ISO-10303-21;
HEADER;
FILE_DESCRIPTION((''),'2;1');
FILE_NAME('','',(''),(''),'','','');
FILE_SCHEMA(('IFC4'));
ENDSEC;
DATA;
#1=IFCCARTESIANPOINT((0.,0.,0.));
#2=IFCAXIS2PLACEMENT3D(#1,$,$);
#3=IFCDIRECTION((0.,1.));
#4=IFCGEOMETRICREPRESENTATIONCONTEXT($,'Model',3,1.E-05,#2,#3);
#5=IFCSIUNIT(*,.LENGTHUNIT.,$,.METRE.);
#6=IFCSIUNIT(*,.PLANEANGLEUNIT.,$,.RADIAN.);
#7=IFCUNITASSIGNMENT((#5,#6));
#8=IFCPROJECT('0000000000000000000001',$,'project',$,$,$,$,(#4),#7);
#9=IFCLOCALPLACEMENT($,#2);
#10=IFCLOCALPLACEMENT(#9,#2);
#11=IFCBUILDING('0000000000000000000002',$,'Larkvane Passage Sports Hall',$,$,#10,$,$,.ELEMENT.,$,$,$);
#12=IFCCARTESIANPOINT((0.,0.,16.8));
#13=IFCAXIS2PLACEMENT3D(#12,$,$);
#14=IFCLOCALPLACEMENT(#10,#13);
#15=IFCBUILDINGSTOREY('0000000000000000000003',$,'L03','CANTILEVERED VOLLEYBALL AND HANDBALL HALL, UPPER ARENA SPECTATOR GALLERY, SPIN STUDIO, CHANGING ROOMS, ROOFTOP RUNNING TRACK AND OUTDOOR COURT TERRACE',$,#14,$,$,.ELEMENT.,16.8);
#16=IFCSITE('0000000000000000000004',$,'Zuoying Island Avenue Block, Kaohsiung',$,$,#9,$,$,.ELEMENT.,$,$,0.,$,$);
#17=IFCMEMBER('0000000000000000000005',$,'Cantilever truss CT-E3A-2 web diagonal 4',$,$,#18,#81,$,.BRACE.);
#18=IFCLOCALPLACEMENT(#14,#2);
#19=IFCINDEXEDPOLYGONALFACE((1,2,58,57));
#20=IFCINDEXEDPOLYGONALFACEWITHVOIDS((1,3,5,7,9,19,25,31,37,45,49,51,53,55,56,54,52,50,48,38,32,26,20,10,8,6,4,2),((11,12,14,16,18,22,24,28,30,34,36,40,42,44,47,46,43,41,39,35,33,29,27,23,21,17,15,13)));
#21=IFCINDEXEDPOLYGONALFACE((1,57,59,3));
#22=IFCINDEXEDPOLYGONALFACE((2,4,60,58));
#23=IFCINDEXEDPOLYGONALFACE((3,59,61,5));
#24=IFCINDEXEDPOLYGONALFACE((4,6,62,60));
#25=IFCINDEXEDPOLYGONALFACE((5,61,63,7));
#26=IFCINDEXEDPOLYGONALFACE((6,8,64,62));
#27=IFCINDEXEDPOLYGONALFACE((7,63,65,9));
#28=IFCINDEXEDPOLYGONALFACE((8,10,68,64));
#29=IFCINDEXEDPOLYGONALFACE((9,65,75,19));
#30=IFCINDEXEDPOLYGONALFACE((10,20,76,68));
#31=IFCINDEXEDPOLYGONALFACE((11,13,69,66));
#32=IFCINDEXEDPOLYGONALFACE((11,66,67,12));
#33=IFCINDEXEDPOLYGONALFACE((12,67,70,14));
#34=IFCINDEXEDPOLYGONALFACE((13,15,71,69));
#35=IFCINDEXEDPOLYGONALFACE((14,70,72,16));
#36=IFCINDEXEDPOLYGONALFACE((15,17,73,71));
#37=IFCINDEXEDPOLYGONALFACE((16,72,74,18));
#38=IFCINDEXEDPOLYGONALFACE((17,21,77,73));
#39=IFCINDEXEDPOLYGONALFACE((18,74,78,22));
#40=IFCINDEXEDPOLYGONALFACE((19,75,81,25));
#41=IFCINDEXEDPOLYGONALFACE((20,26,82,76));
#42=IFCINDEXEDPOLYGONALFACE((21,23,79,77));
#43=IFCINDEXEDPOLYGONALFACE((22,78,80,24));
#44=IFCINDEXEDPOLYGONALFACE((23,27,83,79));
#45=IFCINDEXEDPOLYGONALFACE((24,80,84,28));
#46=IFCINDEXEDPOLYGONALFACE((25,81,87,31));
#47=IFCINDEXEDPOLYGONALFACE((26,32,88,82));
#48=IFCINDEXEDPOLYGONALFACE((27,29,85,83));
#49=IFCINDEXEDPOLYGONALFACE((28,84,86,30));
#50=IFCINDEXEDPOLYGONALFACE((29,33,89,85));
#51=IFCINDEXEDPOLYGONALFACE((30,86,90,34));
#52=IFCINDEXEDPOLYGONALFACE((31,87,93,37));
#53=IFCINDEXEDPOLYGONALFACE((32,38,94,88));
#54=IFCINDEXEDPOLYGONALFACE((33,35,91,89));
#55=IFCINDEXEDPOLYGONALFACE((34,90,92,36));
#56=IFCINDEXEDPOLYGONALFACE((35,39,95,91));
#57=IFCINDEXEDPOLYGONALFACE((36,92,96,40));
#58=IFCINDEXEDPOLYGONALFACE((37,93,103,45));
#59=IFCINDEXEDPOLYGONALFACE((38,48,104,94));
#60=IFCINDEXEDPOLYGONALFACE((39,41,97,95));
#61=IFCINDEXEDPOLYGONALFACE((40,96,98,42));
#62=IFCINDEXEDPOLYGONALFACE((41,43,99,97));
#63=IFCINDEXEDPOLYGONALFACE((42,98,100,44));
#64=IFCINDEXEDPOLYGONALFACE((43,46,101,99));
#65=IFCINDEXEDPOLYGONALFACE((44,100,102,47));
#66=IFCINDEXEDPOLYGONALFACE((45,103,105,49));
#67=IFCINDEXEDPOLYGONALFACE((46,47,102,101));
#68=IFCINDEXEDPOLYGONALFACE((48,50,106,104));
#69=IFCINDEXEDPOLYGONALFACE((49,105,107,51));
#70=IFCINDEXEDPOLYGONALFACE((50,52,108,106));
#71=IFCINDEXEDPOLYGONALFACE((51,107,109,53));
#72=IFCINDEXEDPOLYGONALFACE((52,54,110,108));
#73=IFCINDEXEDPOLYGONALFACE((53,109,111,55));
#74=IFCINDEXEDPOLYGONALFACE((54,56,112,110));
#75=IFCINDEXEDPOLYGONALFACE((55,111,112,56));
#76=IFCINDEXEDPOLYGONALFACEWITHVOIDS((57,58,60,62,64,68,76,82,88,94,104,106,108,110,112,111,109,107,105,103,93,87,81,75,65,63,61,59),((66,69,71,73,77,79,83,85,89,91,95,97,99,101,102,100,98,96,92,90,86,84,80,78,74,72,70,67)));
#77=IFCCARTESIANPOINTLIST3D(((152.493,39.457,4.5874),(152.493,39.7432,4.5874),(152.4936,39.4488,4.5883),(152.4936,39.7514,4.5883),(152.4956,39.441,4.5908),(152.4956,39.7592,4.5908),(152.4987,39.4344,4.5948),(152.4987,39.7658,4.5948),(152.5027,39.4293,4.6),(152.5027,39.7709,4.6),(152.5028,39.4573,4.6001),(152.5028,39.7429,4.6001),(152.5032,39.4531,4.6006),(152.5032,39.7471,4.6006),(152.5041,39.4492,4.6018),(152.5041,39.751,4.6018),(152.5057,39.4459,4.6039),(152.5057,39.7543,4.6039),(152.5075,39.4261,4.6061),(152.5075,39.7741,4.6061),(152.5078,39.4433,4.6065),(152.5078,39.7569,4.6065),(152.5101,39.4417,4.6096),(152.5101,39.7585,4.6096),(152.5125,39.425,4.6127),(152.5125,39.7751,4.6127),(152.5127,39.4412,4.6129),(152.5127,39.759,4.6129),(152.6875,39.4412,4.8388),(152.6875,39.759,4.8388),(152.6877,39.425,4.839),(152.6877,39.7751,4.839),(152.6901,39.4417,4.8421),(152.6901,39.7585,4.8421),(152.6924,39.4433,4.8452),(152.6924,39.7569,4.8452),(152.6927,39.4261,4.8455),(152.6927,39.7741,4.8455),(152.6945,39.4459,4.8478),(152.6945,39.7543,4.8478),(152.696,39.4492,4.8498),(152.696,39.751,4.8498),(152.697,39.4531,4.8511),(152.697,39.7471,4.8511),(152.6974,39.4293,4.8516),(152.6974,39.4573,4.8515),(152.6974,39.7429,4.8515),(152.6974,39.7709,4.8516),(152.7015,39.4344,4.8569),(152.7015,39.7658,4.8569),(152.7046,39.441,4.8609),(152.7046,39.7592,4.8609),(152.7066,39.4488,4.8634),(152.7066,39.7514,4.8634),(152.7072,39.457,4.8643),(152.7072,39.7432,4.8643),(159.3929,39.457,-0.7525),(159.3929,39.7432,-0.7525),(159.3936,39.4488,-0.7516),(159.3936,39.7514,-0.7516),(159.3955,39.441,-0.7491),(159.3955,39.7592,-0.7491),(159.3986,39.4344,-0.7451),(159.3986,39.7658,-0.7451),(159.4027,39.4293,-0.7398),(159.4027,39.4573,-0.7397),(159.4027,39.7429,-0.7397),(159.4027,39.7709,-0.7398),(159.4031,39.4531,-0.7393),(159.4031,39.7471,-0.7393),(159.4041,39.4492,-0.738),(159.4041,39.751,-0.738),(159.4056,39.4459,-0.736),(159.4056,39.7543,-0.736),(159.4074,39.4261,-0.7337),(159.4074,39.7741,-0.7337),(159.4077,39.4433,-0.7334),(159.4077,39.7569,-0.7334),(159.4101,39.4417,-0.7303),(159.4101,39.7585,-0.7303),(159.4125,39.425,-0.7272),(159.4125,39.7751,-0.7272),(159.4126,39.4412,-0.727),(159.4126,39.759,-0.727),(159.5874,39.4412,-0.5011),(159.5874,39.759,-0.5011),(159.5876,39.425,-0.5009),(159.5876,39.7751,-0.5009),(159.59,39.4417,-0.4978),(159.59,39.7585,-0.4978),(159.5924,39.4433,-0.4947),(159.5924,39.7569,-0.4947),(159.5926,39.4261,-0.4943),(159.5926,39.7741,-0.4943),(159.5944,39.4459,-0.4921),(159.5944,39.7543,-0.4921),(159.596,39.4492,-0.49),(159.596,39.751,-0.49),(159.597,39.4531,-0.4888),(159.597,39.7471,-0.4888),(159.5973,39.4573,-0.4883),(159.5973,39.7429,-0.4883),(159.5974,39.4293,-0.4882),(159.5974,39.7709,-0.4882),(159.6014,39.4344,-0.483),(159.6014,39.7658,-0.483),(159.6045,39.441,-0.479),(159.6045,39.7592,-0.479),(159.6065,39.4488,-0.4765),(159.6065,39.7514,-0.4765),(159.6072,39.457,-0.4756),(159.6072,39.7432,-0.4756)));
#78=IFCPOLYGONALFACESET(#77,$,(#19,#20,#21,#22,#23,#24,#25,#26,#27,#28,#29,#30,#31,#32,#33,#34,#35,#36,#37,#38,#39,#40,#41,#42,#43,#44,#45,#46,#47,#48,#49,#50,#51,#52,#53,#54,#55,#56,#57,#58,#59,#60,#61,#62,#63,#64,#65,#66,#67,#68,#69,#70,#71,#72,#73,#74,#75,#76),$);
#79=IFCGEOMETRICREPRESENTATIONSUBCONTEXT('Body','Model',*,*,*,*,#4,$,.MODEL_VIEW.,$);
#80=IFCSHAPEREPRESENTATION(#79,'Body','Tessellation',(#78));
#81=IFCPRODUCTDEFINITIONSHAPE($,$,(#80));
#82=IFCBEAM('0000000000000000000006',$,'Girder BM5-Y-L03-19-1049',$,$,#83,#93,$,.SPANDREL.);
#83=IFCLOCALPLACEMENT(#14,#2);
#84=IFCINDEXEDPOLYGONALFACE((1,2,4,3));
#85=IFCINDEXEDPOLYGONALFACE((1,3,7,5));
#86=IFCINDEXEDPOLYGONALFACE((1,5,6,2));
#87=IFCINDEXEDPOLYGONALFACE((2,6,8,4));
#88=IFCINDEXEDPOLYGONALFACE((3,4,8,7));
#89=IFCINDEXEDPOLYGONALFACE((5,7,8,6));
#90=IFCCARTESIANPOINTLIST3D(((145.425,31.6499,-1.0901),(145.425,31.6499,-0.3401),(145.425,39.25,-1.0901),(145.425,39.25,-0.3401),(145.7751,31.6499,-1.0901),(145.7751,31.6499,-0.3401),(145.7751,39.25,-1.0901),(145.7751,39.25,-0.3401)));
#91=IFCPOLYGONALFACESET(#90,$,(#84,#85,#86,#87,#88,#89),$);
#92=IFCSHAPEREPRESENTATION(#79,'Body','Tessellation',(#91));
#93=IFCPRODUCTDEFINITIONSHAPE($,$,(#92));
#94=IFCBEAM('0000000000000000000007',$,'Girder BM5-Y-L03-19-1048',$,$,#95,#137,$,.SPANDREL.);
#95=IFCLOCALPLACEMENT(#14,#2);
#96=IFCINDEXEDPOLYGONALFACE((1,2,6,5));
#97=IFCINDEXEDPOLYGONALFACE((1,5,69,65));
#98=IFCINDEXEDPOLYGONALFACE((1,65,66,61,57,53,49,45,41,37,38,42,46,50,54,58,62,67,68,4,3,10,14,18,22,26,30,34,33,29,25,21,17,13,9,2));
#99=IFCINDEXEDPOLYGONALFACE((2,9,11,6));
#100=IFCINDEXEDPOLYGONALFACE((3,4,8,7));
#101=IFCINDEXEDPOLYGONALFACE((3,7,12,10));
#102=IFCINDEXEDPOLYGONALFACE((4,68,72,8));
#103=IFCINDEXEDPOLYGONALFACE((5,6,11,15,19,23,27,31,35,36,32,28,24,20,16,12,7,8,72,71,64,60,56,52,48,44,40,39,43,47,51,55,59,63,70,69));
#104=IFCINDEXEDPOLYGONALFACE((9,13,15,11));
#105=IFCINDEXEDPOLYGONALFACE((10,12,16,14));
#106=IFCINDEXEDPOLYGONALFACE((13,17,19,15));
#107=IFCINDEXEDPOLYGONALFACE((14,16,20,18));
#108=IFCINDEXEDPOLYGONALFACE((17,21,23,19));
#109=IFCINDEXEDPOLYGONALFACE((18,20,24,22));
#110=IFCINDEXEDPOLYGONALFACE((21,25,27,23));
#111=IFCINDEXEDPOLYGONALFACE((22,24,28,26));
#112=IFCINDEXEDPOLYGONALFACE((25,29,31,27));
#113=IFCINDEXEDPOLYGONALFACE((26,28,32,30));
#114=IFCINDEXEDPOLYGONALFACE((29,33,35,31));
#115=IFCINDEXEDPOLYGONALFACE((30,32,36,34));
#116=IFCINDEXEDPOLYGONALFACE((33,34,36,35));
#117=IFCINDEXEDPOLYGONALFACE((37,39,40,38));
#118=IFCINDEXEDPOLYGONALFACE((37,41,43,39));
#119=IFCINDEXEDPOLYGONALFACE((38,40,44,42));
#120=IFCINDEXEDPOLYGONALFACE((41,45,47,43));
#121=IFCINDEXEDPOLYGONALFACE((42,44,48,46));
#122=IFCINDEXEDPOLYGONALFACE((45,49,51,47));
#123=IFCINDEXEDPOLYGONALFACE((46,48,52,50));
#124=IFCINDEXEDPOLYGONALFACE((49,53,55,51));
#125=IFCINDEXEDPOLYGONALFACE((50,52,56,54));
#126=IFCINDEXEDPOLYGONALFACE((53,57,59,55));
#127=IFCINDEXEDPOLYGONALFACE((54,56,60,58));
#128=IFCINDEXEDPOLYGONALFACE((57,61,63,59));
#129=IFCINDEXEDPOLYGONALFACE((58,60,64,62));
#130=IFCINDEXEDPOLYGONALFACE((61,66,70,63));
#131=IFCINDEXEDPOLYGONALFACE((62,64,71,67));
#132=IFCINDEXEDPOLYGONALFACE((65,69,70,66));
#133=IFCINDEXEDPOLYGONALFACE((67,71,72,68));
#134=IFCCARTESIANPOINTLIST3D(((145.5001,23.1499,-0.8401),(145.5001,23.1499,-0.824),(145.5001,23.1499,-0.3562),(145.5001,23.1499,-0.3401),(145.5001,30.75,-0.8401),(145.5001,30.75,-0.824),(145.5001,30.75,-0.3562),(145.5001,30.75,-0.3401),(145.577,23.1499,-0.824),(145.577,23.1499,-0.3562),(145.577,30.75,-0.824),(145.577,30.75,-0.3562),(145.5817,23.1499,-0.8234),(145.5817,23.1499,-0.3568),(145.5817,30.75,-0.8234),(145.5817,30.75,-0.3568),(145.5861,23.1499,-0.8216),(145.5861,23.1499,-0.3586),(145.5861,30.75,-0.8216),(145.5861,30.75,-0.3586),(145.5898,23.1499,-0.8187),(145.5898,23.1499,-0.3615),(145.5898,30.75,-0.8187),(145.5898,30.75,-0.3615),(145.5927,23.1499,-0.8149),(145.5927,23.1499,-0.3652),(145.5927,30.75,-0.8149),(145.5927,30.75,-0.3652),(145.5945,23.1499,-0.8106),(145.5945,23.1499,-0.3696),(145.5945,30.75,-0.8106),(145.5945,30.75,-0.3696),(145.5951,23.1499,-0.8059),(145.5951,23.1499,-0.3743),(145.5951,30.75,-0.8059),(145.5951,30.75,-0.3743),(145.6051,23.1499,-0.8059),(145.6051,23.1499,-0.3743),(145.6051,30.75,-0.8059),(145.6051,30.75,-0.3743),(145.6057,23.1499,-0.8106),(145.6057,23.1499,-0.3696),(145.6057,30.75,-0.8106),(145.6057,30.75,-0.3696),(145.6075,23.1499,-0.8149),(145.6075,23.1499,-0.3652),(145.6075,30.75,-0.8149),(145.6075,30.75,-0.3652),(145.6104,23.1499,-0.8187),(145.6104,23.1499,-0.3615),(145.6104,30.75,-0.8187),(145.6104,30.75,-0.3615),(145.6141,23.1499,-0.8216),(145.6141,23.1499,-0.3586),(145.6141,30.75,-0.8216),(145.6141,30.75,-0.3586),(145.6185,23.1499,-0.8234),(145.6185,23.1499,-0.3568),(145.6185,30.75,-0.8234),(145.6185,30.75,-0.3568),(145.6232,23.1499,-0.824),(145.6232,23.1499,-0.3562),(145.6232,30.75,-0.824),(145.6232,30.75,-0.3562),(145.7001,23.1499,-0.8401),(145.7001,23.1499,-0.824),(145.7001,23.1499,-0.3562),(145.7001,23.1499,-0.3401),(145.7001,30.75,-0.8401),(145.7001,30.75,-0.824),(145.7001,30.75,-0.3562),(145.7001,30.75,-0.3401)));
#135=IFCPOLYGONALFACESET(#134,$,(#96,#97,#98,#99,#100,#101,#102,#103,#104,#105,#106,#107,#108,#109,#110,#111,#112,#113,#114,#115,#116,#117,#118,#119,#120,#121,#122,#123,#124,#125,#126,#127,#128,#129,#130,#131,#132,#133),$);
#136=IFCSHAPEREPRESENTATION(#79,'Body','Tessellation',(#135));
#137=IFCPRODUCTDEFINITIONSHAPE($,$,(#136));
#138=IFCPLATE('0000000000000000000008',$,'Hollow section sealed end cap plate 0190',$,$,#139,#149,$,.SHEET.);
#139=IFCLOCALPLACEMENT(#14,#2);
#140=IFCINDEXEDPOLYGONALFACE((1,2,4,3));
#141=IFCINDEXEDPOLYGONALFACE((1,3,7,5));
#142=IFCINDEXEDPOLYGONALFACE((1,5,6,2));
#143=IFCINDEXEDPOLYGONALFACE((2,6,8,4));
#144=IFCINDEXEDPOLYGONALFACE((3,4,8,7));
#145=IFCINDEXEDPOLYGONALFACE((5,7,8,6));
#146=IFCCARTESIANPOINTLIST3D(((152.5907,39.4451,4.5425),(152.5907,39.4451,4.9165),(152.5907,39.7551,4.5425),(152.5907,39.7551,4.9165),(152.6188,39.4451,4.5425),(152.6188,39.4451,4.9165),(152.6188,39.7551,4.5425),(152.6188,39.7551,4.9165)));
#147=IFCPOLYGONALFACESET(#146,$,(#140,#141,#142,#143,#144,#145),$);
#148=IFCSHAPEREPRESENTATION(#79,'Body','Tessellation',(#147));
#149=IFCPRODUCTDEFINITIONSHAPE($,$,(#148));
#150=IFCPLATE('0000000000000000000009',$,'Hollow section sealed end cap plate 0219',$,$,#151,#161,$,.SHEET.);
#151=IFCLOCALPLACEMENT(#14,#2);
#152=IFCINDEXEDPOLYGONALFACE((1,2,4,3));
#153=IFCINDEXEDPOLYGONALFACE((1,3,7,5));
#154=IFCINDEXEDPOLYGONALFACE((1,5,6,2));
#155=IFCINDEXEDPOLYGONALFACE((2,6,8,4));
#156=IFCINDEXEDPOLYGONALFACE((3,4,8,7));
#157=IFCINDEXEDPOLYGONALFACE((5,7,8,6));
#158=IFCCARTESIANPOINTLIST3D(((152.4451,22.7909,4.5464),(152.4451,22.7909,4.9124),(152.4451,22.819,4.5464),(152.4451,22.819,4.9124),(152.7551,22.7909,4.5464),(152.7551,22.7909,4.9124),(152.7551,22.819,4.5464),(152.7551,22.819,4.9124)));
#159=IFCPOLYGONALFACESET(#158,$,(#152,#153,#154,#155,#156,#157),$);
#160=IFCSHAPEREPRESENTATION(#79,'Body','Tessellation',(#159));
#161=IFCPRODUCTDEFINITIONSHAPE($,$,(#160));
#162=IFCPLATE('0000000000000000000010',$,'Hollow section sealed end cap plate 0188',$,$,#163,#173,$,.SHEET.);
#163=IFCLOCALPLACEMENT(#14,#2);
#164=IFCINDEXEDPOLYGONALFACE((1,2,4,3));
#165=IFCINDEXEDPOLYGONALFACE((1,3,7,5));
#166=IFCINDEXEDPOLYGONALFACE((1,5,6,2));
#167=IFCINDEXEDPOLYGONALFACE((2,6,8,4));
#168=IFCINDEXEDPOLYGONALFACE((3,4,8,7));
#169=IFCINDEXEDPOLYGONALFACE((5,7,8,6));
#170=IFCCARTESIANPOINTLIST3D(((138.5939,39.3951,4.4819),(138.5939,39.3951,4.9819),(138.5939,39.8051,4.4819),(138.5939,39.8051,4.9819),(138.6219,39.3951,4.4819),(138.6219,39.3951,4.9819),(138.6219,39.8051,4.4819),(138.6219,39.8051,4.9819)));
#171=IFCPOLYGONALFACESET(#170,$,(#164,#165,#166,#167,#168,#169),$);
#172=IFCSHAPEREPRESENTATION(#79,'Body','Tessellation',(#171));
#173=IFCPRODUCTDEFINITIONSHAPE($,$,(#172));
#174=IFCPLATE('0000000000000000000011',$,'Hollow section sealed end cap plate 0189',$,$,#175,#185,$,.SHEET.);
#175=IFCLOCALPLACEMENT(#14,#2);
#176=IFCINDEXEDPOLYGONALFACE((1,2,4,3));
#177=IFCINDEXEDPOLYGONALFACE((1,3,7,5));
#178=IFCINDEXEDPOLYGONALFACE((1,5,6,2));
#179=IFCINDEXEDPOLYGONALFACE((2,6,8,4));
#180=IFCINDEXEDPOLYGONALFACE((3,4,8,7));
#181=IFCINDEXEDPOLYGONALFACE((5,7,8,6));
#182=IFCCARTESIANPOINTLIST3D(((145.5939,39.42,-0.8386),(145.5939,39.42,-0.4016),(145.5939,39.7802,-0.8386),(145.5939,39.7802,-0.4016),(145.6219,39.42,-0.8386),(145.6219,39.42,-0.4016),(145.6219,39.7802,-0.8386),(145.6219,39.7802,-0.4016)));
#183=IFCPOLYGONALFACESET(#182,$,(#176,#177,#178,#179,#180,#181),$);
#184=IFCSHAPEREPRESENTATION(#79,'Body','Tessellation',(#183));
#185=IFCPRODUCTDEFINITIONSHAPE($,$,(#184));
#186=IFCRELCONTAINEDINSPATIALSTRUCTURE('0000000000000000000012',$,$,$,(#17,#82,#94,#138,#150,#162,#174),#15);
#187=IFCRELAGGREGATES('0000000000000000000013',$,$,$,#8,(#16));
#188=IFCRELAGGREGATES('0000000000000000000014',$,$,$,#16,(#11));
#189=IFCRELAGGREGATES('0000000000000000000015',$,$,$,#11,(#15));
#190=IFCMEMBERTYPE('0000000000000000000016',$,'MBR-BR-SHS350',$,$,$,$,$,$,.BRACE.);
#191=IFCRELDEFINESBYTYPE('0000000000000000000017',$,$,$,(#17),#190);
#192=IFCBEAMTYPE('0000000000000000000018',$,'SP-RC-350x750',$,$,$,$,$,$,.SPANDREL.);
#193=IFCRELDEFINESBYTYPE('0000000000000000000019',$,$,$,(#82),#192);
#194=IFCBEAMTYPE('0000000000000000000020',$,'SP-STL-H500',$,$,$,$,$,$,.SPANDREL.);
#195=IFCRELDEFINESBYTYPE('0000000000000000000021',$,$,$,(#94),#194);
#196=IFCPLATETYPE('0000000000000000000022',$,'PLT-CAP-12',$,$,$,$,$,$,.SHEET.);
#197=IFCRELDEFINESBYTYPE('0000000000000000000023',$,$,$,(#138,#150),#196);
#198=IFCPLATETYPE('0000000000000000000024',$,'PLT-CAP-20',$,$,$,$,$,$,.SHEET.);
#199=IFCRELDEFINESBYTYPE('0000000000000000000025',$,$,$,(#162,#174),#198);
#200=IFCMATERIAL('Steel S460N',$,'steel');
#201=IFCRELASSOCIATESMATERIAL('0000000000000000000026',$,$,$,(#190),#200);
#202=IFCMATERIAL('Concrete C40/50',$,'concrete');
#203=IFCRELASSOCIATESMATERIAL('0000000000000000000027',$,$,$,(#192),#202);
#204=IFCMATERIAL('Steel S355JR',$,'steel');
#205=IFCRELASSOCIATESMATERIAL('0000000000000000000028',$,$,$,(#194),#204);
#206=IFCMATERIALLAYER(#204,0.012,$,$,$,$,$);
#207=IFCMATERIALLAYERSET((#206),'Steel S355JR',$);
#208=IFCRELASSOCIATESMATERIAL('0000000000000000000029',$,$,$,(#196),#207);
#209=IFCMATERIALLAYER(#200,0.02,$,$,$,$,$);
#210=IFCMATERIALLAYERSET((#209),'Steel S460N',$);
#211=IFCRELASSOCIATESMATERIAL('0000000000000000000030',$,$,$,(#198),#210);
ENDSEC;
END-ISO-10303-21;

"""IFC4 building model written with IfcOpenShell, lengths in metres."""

from ifc_helpers import new_model, si_unit, direction, frame, origin, origin_2d, place, context, subcontext, project, spatial, rectangle, hollow_rectangle, i_section, extrude, material, layer, layer_set, material_profile, profile_set, type_object, element, save


model = new_model("IFC4")

# Units and contexts
model_context = context("Model", 3, precision=1e-05, world=origin(), true_north=direction((0.0, 1.0)))
body_context = subcontext(model_context, "Body", "Model", "MODEL_VIEW")
ifc_project = project(units=[si_unit("LENGTHUNIT", "METRE"), si_unit("PLANEANGLEUNIT", "RADIAN")], contexts=[model_context])

# Site, building, storey
site_placement = place(None, origin())
site = spatial("IfcSite", under=ifc_project, at=site_placement, Name="Zuoying Island Avenue Block, Kaohsiung", CompositionType="ELEMENT", RefElevation=0.0)
building_placement = place(site_placement, origin())
building = spatial("IfcBuilding", under=site, at=building_placement, Name="Larkvane Passage Sports Hall", CompositionType="ELEMENT")
storey_placement = place(building_placement, frame((0.0, 0.0, 16.8)))
storey = spatial("IfcBuildingStorey", under=building, at=storey_placement, Name="L03", Description="CANTILEVERED VOLLEYBALL AND HANDBALL HALL, UPPER ARENA SPECTATOR GALLERY, SPIN STUDIO, CHANGING ROOMS, ROOFTOP RUNNING TRACK AND OUTDOOR COURT TERRACE", CompositionType="ELEMENT", Elevation=16.8)

# Shared definitions
ifc_material_1 = material(Name="Steel S460N", Category="steel")

# Shared definitions
ifc_material_2 = material(Name="Steel S355JR", Category="steel")

# Member
ifc_material_profile_1 = material_profile(ifc_material_1, hollow_rectangle(XDim=0.3501, YDim=0.3501, WallThickness=0.0161, InnerFilletRadius=0.0161, OuterFilletRadius=0.032, at=origin_2d()), Name="SHS-350x350x16")
ifc_profile_set_1 = profile_set([ifc_material_profile_1], Name="Steel S460N")
member_type_1 = type_object("IfcMemberType", Name="MBR-BR-SHS350", PredefinedType="BRACE", material=ifc_profile_set_1)
member_1_placement = place(storey_placement, frame((152.6001, 39.6001, 4.7258), z_axis=(0.790836, 0.0, -0.612029), x_axis=(0.0, 1.0, 0.0)))
element("IfcMember", 1, at=member_1_placement, inside=storey, type_object=member_type_1, Name="Cantilever truss CT-E3A-2 web diagonal 4", PredefinedType="BRACE", context=body_context, shape_type="SweptSolid", body=[
    extrude(hollow_rectangle(XDim=0.3501, YDim=0.3501, WallThickness=0.0161, InnerFilletRadius=0.0161, OuterFilletRadius=0.032, at=origin_2d()), origin(), (0.0, 0.0, 1.0), 8.7249),
])

# Beams
ifc_material_3 = material(Name="Concrete C40/50", Category="concrete")
ifc_material_profile_2 = material_profile(ifc_material_3, rectangle(XDim=0.3501, YDim=0.75, at=origin_2d()), Name="RC-SP-350x750")
ifc_profile_set_2 = profile_set([ifc_material_profile_2], Name="Concrete C40/50")
beam_type_1 = type_object("IfcBeamType", Name="SP-RC-350x750", PredefinedType="SPANDREL", material=ifc_profile_set_2)
beam_1_placement = place(storey_placement, frame((145.6001, 31.6499, -0.7151), z_axis=(0.0, 1.0, 0.0), x_axis=(-1.0, 0.0, 0.0)))
element("IfcBeam", 2, at=beam_1_placement, inside=storey, type_object=beam_type_1, Name="Girder BM5-Y-L03-19-1049", PredefinedType="SPANDREL", context=body_context, shape_type="SweptSolid", body=[
    extrude(rectangle(XDim=0.3501, YDim=0.75, at=origin_2d()), origin(), (0.0, 0.0, 1.0), 7.6001),
])
ifc_material_profile_3 = material_profile(ifc_material_2, i_section(OverallWidth=0.2, OverallDepth=0.5, WebThickness=0.01, FlangeThickness=0.0161, FilletRadius=0.0181, at=origin_2d()), Name="H-500x200x10x16")
ifc_profile_set_3 = profile_set([ifc_material_profile_3], Name="Steel S355JR")
beam_type_2 = type_object("IfcBeamType", Name="SP-STL-H500", PredefinedType="SPANDREL", material=ifc_profile_set_3)
beam_2_placement = place(storey_placement, frame((145.6001, 23.1499, -0.5901), z_axis=(0.0, 1.0, 0.0), x_axis=(-1.0, 0.0, 0.0)))
element("IfcBeam", 3, at=beam_2_placement, inside=storey, type_object=beam_type_2, Name="Girder BM5-Y-L03-19-1048", PredefinedType="SPANDREL", context=body_context, shape_type="SweptSolid", body=[
    extrude(i_section(OverallWidth=0.2, OverallDepth=0.5, WebThickness=0.01, FlangeThickness=0.0161, FilletRadius=0.0181, at=origin_2d()), origin(), (0.0, 0.0, 1.0), 7.6001),
])

# Plates
ifc_layer_1 = layer(ifc_material_2, 0.012)
ifc_layer_set_1 = layer_set([ifc_layer_1], Name="Steel S355JR")
plate_type_1 = type_object("IfcPlateType", Name="PLT-CAP-12", PredefinedType="SHEET", material=ifc_layer_set_1)
plate_1_placement = place(storey_placement, frame((152.6047, 39.6001, 4.5425), z_axis=(0.0, 0.0, 1.0), x_axis=(0.0, 1.0, 0.0)))
element("IfcPlate", 4, at=plate_1_placement, inside=storey, type_object=plate_type_1, Name="Hollow section sealed end cap plate 0190", PredefinedType="SHEET", context=body_context, shape_type="SweptSolid", body=[
    extrude(rectangle(XDim=0.3101, YDim=0.0281, at=origin_2d()), origin(), (0.0, 0.0, 1.0), 0.374),
])
plate_2_placement = place(storey_placement, frame((152.6001, 22.8049, 4.5464), z_axis=(0.0, 0.0, 1.0), x_axis=(-1.0, 0.0, 0.0)))
element("IfcPlate", 5, at=plate_2_placement, inside=storey, type_object=plate_type_1, Name="Hollow section sealed end cap plate 0219", PredefinedType="SHEET", context=body_context, shape_type="SweptSolid", body=[
    extrude(rectangle(XDim=0.3101, YDim=0.0281, at=origin_2d()), origin(), (0.0, 0.0, 1.0), 0.366),
])
ifc_layer_2 = layer(ifc_material_1, 0.02)
ifc_layer_set_2 = layer_set([ifc_layer_2], Name="Steel S460N")
plate_type_2 = type_object("IfcPlateType", Name="PLT-CAP-20", PredefinedType="SHEET", material=ifc_layer_set_2)
plate_3_placement = place(storey_placement, frame((138.6079, 39.6001, 4.4819), z_axis=(0.0, 0.0, 1.0), x_axis=(0.0, 1.0, 0.0)))
element("IfcPlate", 6, at=plate_3_placement, inside=storey, type_object=plate_type_2, Name="Hollow section sealed end cap plate 0188", PredefinedType="SHEET", context=body_context, shape_type="SweptSolid", body=[
    extrude(rectangle(XDim=0.4099, YDim=0.0281, at=origin_2d()), origin(), (0.0, 0.0, 1.0), 0.5),
])
plate_4_placement = place(storey_placement, frame((145.6079, 39.6001, -0.8386), z_axis=(0.0, 0.0, 1.0), x_axis=(0.0, 1.0, 0.0)))
element("IfcPlate", 7, at=plate_4_placement, inside=storey, type_object=plate_type_2, Name="Hollow section sealed end cap plate 0189", PredefinedType="SHEET", context=body_context, shape_type="SweptSolid", body=[
    extrude(rectangle(XDim=0.3601, YDim=0.0281, at=origin_2d()), origin(), (0.0, 0.0, 1.0), 0.437),
])

save(model, "model.ifc")
